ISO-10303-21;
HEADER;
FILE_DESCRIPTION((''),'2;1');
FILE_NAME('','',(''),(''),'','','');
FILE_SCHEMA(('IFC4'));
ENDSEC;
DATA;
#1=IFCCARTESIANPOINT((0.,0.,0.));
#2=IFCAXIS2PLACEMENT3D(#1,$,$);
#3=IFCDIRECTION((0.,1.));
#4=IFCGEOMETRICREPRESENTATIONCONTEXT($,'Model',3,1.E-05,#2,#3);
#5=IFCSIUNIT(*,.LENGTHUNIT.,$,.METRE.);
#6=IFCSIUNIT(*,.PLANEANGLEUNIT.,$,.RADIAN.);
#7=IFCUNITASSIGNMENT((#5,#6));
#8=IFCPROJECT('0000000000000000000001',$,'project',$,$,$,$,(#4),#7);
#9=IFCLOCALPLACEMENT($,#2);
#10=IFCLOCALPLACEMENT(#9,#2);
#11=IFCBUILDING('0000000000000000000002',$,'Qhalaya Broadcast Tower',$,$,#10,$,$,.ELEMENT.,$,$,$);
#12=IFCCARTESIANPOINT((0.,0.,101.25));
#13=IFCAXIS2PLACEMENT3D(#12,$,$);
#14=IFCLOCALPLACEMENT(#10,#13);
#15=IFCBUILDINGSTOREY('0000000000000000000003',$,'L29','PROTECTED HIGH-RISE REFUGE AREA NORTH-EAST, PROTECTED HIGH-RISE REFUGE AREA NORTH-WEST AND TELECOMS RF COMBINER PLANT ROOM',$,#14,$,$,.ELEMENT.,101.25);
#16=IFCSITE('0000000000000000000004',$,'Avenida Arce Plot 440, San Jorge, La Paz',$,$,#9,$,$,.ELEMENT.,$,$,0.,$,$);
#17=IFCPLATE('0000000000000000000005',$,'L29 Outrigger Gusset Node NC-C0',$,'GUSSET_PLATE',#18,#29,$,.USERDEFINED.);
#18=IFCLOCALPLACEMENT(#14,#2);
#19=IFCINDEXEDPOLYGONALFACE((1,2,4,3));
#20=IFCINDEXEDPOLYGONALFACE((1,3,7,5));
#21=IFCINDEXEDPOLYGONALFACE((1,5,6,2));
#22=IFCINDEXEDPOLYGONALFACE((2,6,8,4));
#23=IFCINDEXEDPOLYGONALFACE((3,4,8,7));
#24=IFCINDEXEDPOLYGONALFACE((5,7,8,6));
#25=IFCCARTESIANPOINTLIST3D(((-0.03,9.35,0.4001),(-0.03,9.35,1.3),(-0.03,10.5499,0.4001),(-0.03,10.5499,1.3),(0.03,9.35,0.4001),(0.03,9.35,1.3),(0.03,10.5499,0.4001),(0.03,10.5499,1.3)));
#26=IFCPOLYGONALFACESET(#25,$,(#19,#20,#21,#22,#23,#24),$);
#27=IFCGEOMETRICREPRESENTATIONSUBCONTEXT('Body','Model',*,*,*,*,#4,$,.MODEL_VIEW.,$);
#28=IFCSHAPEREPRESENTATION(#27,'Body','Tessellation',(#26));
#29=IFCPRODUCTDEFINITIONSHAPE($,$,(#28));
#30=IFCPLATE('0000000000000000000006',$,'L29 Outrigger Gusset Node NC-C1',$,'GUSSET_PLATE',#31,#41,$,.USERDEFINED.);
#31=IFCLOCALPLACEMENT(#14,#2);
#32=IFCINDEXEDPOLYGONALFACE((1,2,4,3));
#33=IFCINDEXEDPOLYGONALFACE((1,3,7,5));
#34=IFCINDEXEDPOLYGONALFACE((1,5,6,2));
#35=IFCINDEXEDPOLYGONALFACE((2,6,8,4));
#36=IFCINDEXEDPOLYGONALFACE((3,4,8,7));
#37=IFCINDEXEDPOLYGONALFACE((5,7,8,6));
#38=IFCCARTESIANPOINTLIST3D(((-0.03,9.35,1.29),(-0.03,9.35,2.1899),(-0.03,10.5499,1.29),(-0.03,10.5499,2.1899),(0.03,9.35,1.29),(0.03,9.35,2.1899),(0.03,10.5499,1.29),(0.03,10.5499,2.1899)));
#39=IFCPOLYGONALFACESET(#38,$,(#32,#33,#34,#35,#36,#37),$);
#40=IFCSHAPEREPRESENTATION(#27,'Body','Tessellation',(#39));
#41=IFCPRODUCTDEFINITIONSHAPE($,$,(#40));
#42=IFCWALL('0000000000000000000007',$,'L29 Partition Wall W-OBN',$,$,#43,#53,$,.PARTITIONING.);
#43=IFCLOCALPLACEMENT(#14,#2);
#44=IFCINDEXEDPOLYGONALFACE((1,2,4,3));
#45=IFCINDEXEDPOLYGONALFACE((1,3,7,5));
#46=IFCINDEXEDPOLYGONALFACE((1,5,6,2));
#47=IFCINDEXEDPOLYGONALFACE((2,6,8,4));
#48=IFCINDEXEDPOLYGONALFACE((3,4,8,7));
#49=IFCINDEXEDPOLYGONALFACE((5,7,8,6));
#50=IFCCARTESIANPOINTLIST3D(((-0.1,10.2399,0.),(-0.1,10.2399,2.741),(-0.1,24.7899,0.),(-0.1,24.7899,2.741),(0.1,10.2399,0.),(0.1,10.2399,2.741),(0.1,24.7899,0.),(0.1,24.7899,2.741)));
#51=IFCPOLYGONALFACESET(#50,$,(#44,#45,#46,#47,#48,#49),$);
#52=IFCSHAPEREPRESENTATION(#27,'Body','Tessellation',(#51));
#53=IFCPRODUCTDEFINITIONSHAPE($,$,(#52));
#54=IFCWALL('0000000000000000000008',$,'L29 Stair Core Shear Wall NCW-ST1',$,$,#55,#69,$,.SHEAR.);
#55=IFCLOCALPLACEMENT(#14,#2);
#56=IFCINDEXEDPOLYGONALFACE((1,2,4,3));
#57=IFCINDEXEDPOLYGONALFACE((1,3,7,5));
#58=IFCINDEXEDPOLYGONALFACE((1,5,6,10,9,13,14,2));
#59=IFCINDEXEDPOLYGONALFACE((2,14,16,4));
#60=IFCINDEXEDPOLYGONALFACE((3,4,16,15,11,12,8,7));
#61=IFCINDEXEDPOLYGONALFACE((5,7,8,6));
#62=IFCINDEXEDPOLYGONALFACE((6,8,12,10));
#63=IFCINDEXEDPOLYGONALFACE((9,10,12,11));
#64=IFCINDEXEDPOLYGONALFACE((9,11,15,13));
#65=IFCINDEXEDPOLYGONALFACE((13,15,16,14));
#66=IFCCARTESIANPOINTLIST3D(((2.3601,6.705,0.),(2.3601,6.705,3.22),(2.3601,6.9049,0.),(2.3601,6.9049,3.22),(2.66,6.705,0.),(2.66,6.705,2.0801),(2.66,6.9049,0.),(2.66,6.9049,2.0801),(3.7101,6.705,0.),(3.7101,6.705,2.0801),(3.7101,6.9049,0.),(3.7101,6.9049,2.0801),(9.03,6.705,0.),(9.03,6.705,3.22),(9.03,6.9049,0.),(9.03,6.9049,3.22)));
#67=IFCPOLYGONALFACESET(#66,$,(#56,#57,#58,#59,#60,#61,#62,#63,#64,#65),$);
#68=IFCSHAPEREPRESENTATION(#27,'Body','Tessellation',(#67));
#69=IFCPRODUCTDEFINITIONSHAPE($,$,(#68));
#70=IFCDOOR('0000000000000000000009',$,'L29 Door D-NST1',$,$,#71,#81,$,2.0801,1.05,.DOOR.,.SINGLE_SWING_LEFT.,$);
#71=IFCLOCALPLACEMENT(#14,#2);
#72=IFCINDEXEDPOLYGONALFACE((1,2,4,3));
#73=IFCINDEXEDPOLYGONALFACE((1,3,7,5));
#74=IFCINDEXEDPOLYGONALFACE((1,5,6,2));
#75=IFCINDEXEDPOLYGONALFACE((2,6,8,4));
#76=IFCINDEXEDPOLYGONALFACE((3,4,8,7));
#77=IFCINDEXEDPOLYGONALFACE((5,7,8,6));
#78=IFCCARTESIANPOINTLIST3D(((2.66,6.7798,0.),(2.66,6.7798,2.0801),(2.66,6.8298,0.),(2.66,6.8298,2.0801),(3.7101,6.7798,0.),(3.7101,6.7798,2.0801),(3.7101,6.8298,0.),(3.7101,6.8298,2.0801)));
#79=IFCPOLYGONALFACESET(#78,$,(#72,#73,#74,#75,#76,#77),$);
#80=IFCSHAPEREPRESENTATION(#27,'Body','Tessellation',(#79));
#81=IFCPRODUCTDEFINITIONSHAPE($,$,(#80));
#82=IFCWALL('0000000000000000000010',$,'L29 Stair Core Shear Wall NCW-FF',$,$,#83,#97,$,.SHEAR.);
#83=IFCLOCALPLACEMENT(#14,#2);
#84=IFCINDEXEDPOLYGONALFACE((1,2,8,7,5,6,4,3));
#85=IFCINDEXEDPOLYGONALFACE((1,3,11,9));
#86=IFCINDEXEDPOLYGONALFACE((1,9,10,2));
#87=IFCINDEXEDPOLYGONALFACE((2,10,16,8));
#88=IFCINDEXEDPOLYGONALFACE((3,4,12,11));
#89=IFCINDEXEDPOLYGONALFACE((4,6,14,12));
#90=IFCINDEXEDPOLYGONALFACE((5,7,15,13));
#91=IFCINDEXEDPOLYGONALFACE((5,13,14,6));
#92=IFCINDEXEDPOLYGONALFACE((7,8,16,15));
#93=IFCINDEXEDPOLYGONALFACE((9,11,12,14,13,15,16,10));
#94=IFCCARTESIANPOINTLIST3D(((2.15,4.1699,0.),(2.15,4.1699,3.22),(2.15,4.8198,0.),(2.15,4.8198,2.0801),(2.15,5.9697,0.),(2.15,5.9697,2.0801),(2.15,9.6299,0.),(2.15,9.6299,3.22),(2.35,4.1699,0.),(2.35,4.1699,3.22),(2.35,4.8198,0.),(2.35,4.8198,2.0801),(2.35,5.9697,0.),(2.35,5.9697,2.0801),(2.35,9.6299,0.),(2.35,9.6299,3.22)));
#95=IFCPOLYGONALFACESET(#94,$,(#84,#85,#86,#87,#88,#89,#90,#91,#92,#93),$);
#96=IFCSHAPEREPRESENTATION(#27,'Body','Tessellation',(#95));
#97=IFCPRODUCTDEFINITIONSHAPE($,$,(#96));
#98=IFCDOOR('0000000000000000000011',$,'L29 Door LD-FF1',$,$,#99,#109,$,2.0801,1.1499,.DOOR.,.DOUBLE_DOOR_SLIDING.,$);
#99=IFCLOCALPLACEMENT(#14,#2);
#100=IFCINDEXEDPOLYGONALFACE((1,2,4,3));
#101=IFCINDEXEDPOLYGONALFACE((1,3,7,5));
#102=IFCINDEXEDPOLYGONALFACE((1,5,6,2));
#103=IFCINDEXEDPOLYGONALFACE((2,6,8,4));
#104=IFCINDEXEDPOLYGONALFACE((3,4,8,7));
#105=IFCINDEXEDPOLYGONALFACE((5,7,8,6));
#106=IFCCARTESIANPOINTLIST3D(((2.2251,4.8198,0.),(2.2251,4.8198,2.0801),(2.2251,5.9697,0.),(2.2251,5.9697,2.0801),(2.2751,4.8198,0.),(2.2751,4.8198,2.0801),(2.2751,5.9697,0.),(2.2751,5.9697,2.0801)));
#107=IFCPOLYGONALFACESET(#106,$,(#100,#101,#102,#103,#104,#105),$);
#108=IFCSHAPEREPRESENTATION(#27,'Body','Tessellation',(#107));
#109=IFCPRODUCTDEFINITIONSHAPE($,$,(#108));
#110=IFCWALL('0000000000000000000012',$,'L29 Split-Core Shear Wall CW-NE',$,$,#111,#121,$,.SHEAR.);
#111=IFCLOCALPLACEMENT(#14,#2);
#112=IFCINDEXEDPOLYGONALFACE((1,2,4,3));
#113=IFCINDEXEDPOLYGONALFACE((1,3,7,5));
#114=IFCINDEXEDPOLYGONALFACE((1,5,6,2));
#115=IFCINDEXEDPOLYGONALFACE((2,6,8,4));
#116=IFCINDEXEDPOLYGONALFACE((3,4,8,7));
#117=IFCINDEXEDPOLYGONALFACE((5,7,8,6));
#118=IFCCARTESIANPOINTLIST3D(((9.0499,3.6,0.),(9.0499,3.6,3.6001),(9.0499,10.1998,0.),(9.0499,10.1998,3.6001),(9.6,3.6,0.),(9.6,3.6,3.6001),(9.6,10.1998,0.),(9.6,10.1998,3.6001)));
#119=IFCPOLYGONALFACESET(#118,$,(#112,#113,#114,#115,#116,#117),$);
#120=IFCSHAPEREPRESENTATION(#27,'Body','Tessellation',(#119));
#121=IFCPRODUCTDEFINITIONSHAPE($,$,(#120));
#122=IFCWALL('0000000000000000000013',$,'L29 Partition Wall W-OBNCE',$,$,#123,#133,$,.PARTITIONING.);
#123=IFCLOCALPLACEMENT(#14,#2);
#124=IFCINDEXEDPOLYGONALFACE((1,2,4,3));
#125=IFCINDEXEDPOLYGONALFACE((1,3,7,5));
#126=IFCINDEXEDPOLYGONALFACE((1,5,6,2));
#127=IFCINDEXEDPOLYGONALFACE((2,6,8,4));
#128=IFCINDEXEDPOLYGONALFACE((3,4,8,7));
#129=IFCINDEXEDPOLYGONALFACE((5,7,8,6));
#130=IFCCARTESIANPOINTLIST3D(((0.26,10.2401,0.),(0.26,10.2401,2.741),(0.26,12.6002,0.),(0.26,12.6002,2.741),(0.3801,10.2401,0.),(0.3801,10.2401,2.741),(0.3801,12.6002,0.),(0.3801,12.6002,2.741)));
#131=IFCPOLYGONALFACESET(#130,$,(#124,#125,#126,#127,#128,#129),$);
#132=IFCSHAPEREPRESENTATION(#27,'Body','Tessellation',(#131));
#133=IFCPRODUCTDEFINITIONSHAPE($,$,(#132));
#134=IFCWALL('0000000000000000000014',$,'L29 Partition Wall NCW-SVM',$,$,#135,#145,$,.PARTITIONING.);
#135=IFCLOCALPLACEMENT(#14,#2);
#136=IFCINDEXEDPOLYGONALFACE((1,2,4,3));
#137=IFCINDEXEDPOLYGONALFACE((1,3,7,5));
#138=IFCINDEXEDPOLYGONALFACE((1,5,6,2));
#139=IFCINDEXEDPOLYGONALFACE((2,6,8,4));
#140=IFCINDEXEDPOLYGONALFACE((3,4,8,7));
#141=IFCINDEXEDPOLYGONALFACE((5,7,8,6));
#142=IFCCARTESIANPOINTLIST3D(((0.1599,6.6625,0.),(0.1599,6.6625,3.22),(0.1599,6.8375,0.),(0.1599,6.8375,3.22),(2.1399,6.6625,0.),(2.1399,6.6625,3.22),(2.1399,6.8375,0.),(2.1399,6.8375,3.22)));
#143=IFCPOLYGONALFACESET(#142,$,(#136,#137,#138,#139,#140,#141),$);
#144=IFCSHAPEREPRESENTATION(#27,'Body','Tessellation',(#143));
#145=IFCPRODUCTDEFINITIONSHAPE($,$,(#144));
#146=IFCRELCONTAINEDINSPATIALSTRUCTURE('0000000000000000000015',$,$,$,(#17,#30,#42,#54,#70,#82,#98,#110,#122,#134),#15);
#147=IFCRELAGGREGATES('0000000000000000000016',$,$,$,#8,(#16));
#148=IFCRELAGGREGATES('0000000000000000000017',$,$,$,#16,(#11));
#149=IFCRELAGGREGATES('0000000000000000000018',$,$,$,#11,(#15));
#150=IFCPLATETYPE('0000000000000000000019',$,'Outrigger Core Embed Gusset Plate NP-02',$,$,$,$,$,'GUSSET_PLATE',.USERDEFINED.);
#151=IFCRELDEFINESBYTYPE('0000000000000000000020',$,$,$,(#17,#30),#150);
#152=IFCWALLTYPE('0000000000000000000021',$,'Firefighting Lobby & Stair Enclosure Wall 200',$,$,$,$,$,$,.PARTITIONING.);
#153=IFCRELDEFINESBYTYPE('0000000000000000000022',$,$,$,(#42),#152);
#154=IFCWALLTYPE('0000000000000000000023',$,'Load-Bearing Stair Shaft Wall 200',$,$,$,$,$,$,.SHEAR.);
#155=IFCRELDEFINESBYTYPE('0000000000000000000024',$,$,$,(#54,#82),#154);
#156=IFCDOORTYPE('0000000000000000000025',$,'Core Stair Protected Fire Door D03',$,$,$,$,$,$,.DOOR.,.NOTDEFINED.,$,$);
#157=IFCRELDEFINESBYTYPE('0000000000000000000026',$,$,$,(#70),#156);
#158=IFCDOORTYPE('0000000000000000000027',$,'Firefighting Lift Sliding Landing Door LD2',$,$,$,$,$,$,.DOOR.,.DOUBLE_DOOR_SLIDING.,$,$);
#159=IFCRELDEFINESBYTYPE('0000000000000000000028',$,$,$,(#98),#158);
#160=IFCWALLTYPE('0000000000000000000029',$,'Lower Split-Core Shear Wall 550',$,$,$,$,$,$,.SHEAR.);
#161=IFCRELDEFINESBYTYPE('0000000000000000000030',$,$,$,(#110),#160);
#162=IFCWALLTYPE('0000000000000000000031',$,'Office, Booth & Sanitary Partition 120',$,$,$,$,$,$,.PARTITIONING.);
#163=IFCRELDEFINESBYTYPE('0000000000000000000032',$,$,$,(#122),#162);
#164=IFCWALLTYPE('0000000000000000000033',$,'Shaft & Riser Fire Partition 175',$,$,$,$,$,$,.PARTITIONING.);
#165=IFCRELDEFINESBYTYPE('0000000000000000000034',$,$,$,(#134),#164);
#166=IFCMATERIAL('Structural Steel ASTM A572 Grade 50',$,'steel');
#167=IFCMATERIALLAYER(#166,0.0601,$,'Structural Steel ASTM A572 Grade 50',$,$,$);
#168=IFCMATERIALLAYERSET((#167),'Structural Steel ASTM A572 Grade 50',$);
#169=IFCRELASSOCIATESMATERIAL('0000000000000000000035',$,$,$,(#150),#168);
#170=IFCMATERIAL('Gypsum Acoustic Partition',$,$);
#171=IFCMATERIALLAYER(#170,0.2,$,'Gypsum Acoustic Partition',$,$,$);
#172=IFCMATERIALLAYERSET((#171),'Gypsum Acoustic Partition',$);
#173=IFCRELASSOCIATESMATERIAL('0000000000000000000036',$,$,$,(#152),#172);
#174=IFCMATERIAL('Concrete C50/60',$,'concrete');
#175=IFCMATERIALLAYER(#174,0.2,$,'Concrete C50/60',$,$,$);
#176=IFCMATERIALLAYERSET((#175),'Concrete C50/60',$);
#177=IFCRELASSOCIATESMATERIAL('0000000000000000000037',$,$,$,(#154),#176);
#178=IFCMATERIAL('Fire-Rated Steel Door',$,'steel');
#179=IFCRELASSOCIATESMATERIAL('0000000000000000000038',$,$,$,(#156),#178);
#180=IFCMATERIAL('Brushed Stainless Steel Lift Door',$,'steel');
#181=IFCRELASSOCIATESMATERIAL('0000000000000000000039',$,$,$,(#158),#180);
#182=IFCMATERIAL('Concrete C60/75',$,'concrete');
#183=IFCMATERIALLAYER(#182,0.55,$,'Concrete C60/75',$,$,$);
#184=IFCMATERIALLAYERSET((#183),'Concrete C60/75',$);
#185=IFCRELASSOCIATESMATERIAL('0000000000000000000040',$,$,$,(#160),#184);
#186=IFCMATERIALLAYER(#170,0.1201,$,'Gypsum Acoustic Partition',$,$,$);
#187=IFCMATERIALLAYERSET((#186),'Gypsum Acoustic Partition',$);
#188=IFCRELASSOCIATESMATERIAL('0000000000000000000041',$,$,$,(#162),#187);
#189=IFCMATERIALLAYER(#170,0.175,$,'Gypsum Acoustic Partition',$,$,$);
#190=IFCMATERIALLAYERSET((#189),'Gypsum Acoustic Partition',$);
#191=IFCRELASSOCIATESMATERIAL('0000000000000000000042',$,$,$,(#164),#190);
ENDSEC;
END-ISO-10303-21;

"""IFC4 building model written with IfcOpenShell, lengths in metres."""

from ifc_helpers import new_model, si_unit, direction, frame, frame_2d, origin, origin_2d, place, context, subcontext, project, spatial, rectangle, extrude, material, layer, layer_set, type_object, element, fill, save


model = new_model("IFC4")

# Units and contexts
model_context = context("Model", 3, precision=1e-05, world=origin(), true_north=direction((0.0, 1.0)))
body_context = subcontext(model_context, "Body", "Model", "MODEL_VIEW")
ifc_project = project(units=[si_unit("LENGTHUNIT", "METRE"), si_unit("PLANEANGLEUNIT", "RADIAN")], contexts=[model_context])

# Site, building, storey
site_placement = place(None, origin())
site = spatial("IfcSite", under=ifc_project, at=site_placement, Name="Avenida Arce Plot 440, San Jorge, La Paz", CompositionType="ELEMENT", RefElevation=0.0)
building_placement = place(site_placement, origin())
building = spatial("IfcBuilding", under=site, at=building_placement, Name="Qhalaya Broadcast Tower", CompositionType="ELEMENT")
storey_placement = place(building_placement, frame((0.0, 0.0, 101.25)))
storey = spatial("IfcBuildingStorey", under=building, at=storey_placement, Name="L29", Description="PROTECTED HIGH-RISE REFUGE AREA NORTH-EAST, PROTECTED HIGH-RISE REFUGE AREA NORTH-WEST AND TELECOMS RF COMBINER PLANT ROOM", CompositionType="ELEMENT", Elevation=101.25)

# Shared definitions
ifc_material_1 = material(Name="Concrete C50/60", Category="concrete")

# Shared definitions
ifc_material_2 = material(Name="Structural Steel ASTM A572 Grade 50", Category="steel")

# Plates
ifc_layer_1 = layer(ifc_material_2, 0.0601, Name="Structural Steel ASTM A572 Grade 50")
ifc_layer_set_1 = layer_set([ifc_layer_1], Name="Structural Steel ASTM A572 Grade 50")
plate_type_1 = type_object("IfcPlateType", Name="Outrigger Core Embed Gusset Plate NP-02", ElementType="GUSSET_PLATE", PredefinedType="USERDEFINED", material=ifc_layer_set_1)
for number, where, z_axis, x_axis, name in (
    (1, (0.0, 9.95, 0.4001), (0.0, 0.0, 1.0), (0.0, 1.0, 0.0), "L29 Outrigger Gusset Node NC-C0"),
    (2, (0.0, 9.95, 1.29), (0.0, 0.0, 1.0), (0.0, 1.0, 0.0), "L29 Outrigger Gusset Node NC-C1"),
):
    element("IfcPlate", number, at=place(storey_placement, frame(where, z_axis=z_axis, x_axis=x_axis)), inside=storey, type_object=plate_type_1, Name=name, ObjectType="GUSSET_PLATE", PredefinedType="USERDEFINED", context=body_context, shape_type="SweptSolid", body=[
        extrude(rectangle(XDim=1.2, YDim=0.0601, at=origin_2d()), origin(), (0.0, 0.0, 1.0), 0.8999),
    ])

# Wall
ifc_material_3 = material(Name="Gypsum Acoustic Partition")
ifc_layer_2 = layer(ifc_material_3, 0.2, Name="Gypsum Acoustic Partition")
ifc_layer_set_2 = layer_set([ifc_layer_2], Name="Gypsum Acoustic Partition")
wall_type_1 = type_object("IfcWallType", Name="Firefighting Lobby & Stair Enclosure Wall 200", PredefinedType="PARTITIONING", material=ifc_layer_set_2)
wall_1_placement = place(storey_placement, frame((0.0, 10.24, 0.0), z_axis=(0.0, 0.0, 1.0), x_axis=(0.0, 1.0, 0.0)))
element("IfcWall", 3, at=wall_1_placement, inside=storey, type_object=wall_type_1, Name="L29 Partition Wall W-OBN", PredefinedType="PARTITIONING", context=body_context, shape_type="SweptSolid", body=[
    extrude(rectangle(XDim=14.55, YDim=0.2, at=frame_2d((7.2749, 0.0))), origin(), (0.0, 0.0, 1.0), 2.741),
])

# Walls, openings, doors
ifc_layer_3 = layer(ifc_material_1, 0.2, Name="Concrete C50/60")
ifc_layer_set_3 = layer_set([ifc_layer_3], Name="Concrete C50/60")
wall_type_2 = type_object("IfcWallType", Name="Load-Bearing Stair Shaft Wall 200", PredefinedType="SHEAR", material=ifc_layer_set_3)
wall_2_placement = place(storey_placement, frame((2.3601, 6.8049, 0.0), z_axis=(0.0, 0.0, 1.0), x_axis=(1.0, 0.0, 0.0)))
wall_2 = element("IfcWall", 4, at=wall_2_placement, inside=storey, type_object=wall_type_2, Name="L29 Stair Core Shear Wall NCW-ST1", PredefinedType="SHEAR", context=body_context, shape_type="SweptSolid", body=[
    extrude(rectangle(XDim=6.6699, YDim=0.2, at=frame_2d((3.335, 0.0))), origin(), (0.0, 0.0, 1.0), 3.22),
])
opening_1_placement = place(wall_2_placement, frame((0.3, 0.0, 0.0)))
opening_1 = element("IfcOpeningElement", 5, at=opening_1_placement, cuts=wall_2, PredefinedType="OPENING", context=body_context, shape_type="SweptSolid", body=[
    extrude(rectangle(XDim=1.05, YDim=2.0801, at=frame_2d((0.5249, 1.04))), frame((0.0, 0.1121, 0.0), z_axis=(0.0, -1.0, 0.0), x_axis=(1.0, 0.0, 0.0)), (0.0, 0.0, 1.0), 0.2239),
])
ifc_material_4 = material(Name="Fire-Rated Steel Door", Category="steel")
door_type_1 = type_object("IfcDoorType", Name="Core Stair Protected Fire Door D03", OperationType="NOTDEFINED", PredefinedType="DOOR", material=ifc_material_4)
door_1_placement = place(opening_1_placement, origin())
door_1 = element("IfcDoor", 6, at=door_1_placement, inside=storey, type_object=door_type_1, Name="L29 Door D-NST1", OperationType="SINGLE_SWING_LEFT", OverallHeight=2.0801, OverallWidth=1.05, PredefinedType="DOOR", context=body_context, shape_type="SweptSolid", body=[
    extrude(rectangle(XDim=1.05, YDim=2.0801, at=frame_2d((0.5249, 1.04))), frame((0.0, 0.0249, 0.0), z_axis=(0.0, -1.0, 0.0), x_axis=(1.0, 0.0, 0.0)), (0.0, 0.0, 1.0), 0.05),
])
fill(opening_1, door_1)
wall_3_placement = place(storey_placement, frame((2.25, 4.1699, 0.0), z_axis=(0.0, 0.0, 1.0), x_axis=(0.0, 1.0, 0.0)))
wall_3 = element("IfcWall", 7, at=wall_3_placement, inside=storey, type_object=wall_type_2, Name="L29 Stair Core Shear Wall NCW-FF", PredefinedType="SHEAR", context=body_context, shape_type="SweptSolid", body=[
    extrude(rectangle(XDim=5.46, YDim=0.2, at=frame_2d((2.73, 0.0))), origin(), (0.0, 0.0, 1.0), 3.22),
])
opening_2_placement = place(wall_3_placement, frame((0.6499, 0.0, 0.0)))
opening_2 = element("IfcOpeningElement", 8, at=opening_2_placement, cuts=wall_3, PredefinedType="OPENING", context=body_context, shape_type="SweptSolid", body=[
    extrude(rectangle(XDim=1.1499, YDim=2.0801, at=frame_2d((0.575, 1.04))), frame((0.0, 0.1121, 0.0), z_axis=(0.0, -1.0, 0.0), x_axis=(1.0, 0.0, 0.0)), (0.0, 0.0, 1.0), 0.2239),
])
ifc_material_5 = material(Name="Brushed Stainless Steel Lift Door", Category="steel")
door_type_2 = type_object("IfcDoorType", Name="Firefighting Lift Sliding Landing Door LD2", OperationType="DOUBLE_DOOR_SLIDING", PredefinedType="DOOR", material=ifc_material_5)
door_2_placement = place(opening_2_placement, origin())
door_2 = element("IfcDoor", 9, at=door_2_placement, inside=storey, type_object=door_type_2, Name="L29 Door LD-FF1", OperationType="DOUBLE_DOOR_SLIDING", OverallHeight=2.0801, OverallWidth=1.1499, PredefinedType="DOOR", context=body_context, shape_type="SweptSolid", body=[
    extrude(rectangle(XDim=1.1499, YDim=2.0801, at=frame_2d((0.575, 1.04))), frame((0.0, 0.0249, 0.0), z_axis=(0.0, -1.0, 0.0), x_axis=(1.0, 0.0, 0.0)), (0.0, 0.0, 1.0), 0.05),
])
fill(opening_2, door_2)

# Walls
ifc_material_6 = material(Name="Concrete C60/75", Category="concrete")
ifc_layer_4 = layer(ifc_material_6, 0.55, Name="Concrete C60/75")
ifc_layer_set_4 = layer_set([ifc_layer_4], Name="Concrete C60/75")
wall_type_3 = type_object("IfcWallType", Name="Lower Split-Core Shear Wall 550", PredefinedType="SHEAR", material=ifc_layer_set_4)
wall_4_placement = place(storey_placement, frame((9.325, 3.6001, 0.0), z_axis=(0.0, 0.0, 1.0), x_axis=(0.0, 1.0, 0.0)))
element("IfcWall", 10, at=wall_4_placement, inside=storey, type_object=wall_type_3, Name="L29 Split-Core Shear Wall CW-NE", PredefinedType="SHEAR", context=body_context, shape_type="SweptSolid", body=[
    extrude(rectangle(XDim=6.5999, YDim=0.55, at=frame_2d((3.2998, 0.0))), origin(), (0.0, 0.0, 1.0), 3.6001),
])
ifc_layer_5 = layer(ifc_material_3, 0.1201, Name="Gypsum Acoustic Partition")
ifc_layer_set_5 = layer_set([ifc_layer_5], Name="Gypsum Acoustic Partition")
wall_type_4 = type_object("IfcWallType", Name="Office, Booth & Sanitary Partition 120", PredefinedType="PARTITIONING", material=ifc_layer_set_5)
wall_5_placement = place(storey_placement, frame((0.3201, 10.24, 0.0), z_axis=(0.0, 0.0, 1.0), x_axis=(0.0, 1.0, 0.0)))
element("IfcWall", 11, at=wall_5_placement, inside=storey, type_object=wall_type_4, Name="L29 Partition Wall W-OBNCE", PredefinedType="PARTITIONING", context=body_context, shape_type="SweptSolid", body=[
    extrude(rectangle(XDim=2.3601, YDim=0.1201, at=frame_2d((1.1802, 0.0))), origin(), (0.0, 0.0, 1.0), 2.741),
])

# Shared definitions
ifc_layer_6 = layer(ifc_material_3, 0.175, Name="Gypsum Acoustic Partition")
ifc_layer_set_6 = layer_set([ifc_layer_6], Name="Gypsum Acoustic Partition")
wall_type_5 = type_object("IfcWallType", Name="Shaft & Riser Fire Partition 175", PredefinedType="PARTITIONING", material=ifc_layer_set_6)

# Wall
wall_6_placement = place(storey_placement, frame((0.1599, 6.75, 0.0), z_axis=(0.0, 0.0, 1.0), x_axis=(1.0, 0.0, 0.0)))
element("IfcWall", 12, at=wall_6_placement, inside=storey, type_object=wall_type_5, Name="L29 Partition Wall NCW-SVM", PredefinedType="PARTITIONING", context=body_context, shape_type="SweptSolid", body=[
    extrude(rectangle(XDim=1.98, YDim=0.175, at=frame_2d((0.99, 0.0))), origin(), (0.0, 0.0, 1.0), 3.22),
])

save(model, "model.ifc")
